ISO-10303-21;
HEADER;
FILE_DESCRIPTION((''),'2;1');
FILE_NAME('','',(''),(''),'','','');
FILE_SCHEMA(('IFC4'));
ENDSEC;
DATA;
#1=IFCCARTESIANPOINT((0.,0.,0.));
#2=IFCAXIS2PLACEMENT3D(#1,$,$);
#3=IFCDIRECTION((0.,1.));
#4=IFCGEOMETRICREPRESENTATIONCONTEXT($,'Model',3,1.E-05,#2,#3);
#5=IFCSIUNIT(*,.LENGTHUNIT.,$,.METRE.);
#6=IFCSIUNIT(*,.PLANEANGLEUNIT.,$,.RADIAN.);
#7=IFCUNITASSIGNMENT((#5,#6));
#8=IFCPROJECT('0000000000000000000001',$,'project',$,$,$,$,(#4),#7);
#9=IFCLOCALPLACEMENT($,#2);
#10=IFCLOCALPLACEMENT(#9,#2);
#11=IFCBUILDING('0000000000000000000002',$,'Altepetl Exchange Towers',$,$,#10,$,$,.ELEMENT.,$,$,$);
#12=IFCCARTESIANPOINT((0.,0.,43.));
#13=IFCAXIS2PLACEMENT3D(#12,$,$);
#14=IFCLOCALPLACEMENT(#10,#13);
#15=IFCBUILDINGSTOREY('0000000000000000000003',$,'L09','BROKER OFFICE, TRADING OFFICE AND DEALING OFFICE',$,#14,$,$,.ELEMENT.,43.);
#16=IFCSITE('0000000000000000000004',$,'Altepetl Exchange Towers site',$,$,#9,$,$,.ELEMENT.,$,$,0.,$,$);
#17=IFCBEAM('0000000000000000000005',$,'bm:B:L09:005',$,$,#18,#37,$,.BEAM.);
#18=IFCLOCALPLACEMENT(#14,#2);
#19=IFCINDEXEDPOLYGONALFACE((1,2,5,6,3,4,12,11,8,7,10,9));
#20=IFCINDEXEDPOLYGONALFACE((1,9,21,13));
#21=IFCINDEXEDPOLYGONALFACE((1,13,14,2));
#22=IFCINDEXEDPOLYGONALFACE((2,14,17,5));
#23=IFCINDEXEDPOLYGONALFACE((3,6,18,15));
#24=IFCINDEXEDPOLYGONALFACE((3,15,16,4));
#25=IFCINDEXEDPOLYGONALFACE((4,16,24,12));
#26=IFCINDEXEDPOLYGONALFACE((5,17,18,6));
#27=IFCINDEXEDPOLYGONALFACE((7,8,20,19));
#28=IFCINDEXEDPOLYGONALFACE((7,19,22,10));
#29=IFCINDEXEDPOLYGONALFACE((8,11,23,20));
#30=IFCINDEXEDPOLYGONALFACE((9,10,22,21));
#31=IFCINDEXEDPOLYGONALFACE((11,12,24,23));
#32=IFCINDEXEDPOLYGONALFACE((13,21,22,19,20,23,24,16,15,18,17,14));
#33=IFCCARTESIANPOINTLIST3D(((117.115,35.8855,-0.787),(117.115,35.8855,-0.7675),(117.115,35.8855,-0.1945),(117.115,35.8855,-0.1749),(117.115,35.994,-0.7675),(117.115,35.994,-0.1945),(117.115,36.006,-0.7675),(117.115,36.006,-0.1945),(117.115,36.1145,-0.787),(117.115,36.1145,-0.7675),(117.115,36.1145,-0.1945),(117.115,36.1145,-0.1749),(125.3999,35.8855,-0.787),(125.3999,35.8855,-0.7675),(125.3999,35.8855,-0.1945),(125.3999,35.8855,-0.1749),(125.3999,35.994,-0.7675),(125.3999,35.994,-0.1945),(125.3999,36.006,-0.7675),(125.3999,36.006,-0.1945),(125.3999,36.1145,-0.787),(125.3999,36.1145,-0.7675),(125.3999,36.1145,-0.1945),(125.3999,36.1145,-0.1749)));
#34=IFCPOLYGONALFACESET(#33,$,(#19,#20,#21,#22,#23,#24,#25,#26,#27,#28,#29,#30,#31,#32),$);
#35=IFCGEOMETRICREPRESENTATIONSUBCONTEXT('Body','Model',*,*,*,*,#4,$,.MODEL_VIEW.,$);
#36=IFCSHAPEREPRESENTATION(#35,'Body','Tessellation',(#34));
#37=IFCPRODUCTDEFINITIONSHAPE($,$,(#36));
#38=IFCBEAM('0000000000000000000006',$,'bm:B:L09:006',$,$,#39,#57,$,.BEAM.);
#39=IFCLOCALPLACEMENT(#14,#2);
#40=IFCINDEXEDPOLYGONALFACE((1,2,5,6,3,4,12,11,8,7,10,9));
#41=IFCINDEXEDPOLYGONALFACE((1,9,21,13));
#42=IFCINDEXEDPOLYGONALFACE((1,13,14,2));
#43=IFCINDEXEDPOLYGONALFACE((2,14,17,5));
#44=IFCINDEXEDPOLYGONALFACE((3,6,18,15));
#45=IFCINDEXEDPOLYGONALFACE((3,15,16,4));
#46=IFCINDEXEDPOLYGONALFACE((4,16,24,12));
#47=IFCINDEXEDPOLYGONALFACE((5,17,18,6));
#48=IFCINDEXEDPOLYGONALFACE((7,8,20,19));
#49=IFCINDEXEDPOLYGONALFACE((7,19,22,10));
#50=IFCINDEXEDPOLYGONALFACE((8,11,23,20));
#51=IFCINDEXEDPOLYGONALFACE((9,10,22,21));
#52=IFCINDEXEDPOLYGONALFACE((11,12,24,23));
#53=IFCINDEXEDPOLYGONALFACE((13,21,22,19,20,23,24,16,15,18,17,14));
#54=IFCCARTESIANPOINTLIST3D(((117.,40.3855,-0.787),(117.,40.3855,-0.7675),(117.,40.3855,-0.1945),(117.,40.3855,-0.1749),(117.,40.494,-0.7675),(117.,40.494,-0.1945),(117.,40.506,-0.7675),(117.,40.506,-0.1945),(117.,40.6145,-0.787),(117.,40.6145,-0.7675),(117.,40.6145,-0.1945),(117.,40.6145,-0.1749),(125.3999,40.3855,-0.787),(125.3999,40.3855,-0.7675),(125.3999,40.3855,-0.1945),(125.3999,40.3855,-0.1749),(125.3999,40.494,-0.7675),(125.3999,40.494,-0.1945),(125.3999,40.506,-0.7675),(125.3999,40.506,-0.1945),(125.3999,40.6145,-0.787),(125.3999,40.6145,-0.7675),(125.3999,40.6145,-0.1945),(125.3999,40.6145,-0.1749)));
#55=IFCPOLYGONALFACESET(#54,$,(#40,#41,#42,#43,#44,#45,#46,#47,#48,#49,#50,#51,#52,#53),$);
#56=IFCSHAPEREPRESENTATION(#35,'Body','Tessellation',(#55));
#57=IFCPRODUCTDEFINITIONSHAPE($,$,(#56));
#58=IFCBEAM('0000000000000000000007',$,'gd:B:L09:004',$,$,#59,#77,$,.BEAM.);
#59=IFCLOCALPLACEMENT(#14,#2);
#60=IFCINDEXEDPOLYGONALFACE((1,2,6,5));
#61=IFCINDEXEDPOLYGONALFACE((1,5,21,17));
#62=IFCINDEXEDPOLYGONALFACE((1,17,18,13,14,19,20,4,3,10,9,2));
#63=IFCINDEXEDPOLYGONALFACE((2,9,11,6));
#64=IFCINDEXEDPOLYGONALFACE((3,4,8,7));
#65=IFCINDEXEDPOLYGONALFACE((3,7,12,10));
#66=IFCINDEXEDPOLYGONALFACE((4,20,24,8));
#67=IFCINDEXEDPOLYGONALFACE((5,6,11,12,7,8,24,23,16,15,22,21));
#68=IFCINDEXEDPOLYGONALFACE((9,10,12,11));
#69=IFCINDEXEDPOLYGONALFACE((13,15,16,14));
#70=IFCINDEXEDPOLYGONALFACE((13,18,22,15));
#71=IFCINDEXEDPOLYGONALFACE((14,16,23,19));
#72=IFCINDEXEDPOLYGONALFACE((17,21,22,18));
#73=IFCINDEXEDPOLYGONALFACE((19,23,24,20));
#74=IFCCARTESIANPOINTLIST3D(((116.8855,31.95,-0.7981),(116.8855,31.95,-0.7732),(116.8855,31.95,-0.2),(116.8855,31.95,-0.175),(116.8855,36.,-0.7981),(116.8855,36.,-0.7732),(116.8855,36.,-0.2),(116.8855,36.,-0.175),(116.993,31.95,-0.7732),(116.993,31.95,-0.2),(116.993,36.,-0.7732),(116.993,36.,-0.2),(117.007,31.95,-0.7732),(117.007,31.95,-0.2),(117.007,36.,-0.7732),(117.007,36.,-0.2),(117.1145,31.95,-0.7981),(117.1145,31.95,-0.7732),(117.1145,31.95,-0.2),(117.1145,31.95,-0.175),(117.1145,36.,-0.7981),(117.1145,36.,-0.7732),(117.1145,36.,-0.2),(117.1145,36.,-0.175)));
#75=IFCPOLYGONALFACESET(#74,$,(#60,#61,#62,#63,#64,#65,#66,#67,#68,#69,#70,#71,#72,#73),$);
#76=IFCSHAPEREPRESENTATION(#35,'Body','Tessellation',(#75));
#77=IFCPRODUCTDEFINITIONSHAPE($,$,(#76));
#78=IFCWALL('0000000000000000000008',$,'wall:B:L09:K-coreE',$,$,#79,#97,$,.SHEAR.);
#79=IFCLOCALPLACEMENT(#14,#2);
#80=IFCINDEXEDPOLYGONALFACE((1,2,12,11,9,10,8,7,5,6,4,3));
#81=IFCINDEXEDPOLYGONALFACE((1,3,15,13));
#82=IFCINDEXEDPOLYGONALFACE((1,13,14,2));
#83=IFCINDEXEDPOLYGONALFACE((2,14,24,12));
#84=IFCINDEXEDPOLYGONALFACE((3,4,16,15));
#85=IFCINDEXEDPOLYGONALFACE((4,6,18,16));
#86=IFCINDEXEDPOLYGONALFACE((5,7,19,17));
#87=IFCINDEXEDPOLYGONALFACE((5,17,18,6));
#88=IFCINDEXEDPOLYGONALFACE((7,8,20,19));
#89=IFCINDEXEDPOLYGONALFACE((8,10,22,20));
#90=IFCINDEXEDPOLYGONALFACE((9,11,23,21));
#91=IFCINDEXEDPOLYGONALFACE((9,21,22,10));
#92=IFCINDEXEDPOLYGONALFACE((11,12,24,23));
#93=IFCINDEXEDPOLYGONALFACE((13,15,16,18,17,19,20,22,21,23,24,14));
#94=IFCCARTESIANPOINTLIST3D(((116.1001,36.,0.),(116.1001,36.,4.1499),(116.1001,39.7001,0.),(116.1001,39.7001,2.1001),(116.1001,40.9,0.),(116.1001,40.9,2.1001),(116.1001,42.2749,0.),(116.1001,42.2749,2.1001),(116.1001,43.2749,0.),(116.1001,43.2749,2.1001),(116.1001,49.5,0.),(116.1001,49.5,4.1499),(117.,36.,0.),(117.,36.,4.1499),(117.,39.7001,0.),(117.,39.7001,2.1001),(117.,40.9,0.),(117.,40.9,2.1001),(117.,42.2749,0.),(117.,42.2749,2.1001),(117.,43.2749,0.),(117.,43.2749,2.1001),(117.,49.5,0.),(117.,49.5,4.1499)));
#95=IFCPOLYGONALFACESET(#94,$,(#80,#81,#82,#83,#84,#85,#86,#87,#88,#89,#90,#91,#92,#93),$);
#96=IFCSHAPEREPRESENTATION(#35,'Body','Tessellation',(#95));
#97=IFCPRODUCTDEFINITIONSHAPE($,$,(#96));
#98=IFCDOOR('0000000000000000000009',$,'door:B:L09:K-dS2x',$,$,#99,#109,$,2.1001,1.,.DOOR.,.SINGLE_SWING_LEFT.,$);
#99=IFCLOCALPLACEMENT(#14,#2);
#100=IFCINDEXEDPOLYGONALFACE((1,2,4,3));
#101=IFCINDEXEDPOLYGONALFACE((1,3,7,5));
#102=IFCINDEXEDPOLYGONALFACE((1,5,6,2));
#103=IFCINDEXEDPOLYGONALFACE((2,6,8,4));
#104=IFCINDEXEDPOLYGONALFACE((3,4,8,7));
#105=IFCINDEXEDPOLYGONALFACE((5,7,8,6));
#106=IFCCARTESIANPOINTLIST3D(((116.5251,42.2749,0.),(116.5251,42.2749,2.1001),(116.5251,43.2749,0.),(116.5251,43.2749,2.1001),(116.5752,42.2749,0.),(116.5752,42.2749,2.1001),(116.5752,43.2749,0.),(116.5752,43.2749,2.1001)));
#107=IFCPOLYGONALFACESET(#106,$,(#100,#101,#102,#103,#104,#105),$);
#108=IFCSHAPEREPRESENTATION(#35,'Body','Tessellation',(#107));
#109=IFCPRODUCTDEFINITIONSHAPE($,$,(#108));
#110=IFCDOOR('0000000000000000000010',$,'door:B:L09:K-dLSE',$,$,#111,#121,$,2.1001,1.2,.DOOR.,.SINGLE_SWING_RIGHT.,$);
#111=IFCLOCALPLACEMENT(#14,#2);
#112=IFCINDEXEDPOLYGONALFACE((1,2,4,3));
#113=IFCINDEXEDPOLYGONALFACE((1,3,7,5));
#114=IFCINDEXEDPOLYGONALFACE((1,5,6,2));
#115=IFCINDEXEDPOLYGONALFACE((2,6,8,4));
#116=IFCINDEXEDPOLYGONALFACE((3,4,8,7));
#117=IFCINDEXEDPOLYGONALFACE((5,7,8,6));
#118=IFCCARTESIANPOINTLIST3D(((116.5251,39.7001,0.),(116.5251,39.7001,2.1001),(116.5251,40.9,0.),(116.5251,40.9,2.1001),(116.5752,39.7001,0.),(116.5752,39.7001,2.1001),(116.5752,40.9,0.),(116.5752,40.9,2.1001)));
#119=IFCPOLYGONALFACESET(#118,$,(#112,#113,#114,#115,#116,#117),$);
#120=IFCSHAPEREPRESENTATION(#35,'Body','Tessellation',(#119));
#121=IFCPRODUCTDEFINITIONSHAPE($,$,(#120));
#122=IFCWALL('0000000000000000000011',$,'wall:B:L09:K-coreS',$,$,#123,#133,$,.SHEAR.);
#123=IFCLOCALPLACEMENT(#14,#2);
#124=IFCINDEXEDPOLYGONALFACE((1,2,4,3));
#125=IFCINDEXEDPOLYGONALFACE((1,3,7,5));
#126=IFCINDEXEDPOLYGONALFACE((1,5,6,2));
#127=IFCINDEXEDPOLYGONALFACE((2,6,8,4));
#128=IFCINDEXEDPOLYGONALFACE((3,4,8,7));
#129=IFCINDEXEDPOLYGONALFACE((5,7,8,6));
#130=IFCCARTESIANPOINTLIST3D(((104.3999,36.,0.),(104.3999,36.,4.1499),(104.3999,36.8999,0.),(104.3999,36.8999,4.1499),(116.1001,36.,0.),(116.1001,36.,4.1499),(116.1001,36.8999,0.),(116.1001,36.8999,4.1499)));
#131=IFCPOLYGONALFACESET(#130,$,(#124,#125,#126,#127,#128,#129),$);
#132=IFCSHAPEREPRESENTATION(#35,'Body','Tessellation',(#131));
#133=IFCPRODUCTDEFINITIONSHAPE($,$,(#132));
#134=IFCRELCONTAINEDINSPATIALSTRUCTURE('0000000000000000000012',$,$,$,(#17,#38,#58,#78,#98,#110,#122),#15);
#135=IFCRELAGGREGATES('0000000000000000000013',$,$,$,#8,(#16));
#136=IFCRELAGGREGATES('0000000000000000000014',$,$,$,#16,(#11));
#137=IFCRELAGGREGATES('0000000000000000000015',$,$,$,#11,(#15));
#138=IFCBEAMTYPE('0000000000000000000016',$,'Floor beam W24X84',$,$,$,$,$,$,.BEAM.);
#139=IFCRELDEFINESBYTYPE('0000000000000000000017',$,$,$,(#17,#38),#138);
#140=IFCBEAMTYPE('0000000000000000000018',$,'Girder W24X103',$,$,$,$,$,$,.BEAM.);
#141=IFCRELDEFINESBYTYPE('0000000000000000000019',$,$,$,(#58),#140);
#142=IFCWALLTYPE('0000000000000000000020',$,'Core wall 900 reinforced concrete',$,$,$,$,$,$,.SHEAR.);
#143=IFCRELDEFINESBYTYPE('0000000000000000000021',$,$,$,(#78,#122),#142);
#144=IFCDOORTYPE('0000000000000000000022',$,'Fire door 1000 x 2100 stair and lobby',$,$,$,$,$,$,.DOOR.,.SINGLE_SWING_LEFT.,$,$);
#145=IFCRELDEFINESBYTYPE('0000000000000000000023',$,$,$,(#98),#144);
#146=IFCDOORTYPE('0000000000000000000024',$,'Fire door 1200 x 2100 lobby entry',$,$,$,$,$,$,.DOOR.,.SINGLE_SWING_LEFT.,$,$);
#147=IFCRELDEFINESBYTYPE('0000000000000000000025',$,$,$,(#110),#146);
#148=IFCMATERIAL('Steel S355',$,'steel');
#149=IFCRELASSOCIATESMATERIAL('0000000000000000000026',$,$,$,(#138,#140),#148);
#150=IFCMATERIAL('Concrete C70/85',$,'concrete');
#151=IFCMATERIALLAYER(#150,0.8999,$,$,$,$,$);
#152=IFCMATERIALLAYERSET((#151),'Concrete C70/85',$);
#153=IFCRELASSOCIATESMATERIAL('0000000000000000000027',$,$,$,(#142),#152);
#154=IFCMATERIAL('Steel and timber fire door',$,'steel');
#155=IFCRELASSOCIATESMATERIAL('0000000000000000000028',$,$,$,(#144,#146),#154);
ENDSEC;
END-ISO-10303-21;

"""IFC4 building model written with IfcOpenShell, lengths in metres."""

from ifc_helpers import new_model, si_unit, direction, frame, frame_2d, origin, origin_2d, place, context, subcontext, project, spatial, rectangle, i_section, extrude, material, layer, layer_set, material_profile, profile_set, type_object, element, fill, save


model = new_model("IFC4")

# Units and contexts
model_context = context("Model", 3, precision=1e-05, world=origin(), true_north=direction((0.0, 1.0)))
body_context = subcontext(model_context, "Body", "Model", "MODEL_VIEW")
ifc_project = project(units=[si_unit("LENGTHUNIT", "METRE"), si_unit("PLANEANGLEUNIT", "RADIAN")], contexts=[model_context])

# Site, building, storey
site_placement = place(None, origin())
site = spatial("IfcSite", under=ifc_project, at=site_placement, Name="Altepetl Exchange Towers site", CompositionType="ELEMENT", RefElevation=0.0)
building_placement = place(site_placement, origin())
building = spatial("IfcBuilding", under=site, at=building_placement, Name="Altepetl Exchange Towers", CompositionType="ELEMENT")
storey_placement = place(building_placement, frame((0.0, 0.0, 43.0)))
storey = spatial("IfcBuildingStorey", under=building, at=storey_placement, Name="L09", Description="BROKER OFFICE, TRADING OFFICE AND DEALING OFFICE", CompositionType="ELEMENT", Elevation=43.0)

# Beams
ifc_material_1 = material(Name="Steel S355", Category="steel")
ifc_material_profile_1 = material_profile(ifc_material_1, i_section(OverallWidth=0.229, OverallDepth=0.6121, WebThickness=0.012, FlangeThickness=0.0195, at=origin_2d()), Name="W24X84")
ifc_profile_set_1 = profile_set([ifc_material_profile_1], Name="Steel S355")
beam_type_1 = type_object("IfcBeamType", Name="Floor beam W24X84", PredefinedType="BEAM", material=ifc_profile_set_1)
beam_1_placement = place(storey_placement, frame((117.115, 36.0, -0.481), z_axis=(1.0, 0.0, 0.0), x_axis=(0.0, 1.0, 0.0)))
element("IfcBeam", 1, at=beam_1_placement, inside=storey, type_object=beam_type_1, Name="bm:B:L09:005", PredefinedType="BEAM", context=body_context, shape_type="SweptSolid", body=[
    extrude(i_section(OverallWidth=0.229, OverallDepth=0.6121, WebThickness=0.012, FlangeThickness=0.0195, at=origin_2d()), origin(), (0.0, 0.0, 1.0), 8.2849),
])
beam_2_placement = place(storey_placement, frame((117.0, 40.5, -0.481), z_axis=(1.0, 0.0, 0.0), x_axis=(0.0, 1.0, 0.0)))
element("IfcBeam", 2, at=beam_2_placement, inside=storey, type_object=beam_type_1, Name="bm:B:L09:006", PredefinedType="BEAM", context=body_context, shape_type="SweptSolid", body=[
    extrude(i_section(OverallWidth=0.229, OverallDepth=0.6121, WebThickness=0.012, FlangeThickness=0.0195, at=origin_2d()), origin(), (0.0, 0.0, 1.0), 8.3999),
])
ifc_material_profile_2 = material_profile(ifc_material_1, i_section(OverallWidth=0.229, OverallDepth=0.623, WebThickness=0.0139, FlangeThickness=0.0249, at=origin_2d()), Name="W24X103")
ifc_profile_set_2 = profile_set([ifc_material_profile_2], Name="Steel S355")
beam_type_2 = type_object("IfcBeamType", Name="Girder W24X103", PredefinedType="BEAM", material=ifc_profile_set_2)
beam_3_placement = place(storey_placement, frame((117.0, 36.0, -0.4866), z_axis=(0.0, -1.0, 0.0), x_axis=(1.0, 0.0, 0.0)))
element("IfcBeam", 3, at=beam_3_placement, inside=storey, type_object=beam_type_2, Name="gd:B:L09:004", PredefinedType="BEAM", context=body_context, shape_type="SweptSolid", body=[
    extrude(i_section(OverallWidth=0.229, OverallDepth=0.623, WebThickness=0.0139, FlangeThickness=0.0249, at=origin_2d()), origin(), (0.0, 0.0, 1.0), 4.05),
])

# Wall, openings, doors
ifc_material_2 = material(Name="Concrete C70/85", Category="concrete")
ifc_layer_1 = layer(ifc_material_2, 0.8999)
ifc_layer_set_1 = layer_set([ifc_layer_1], Name="Concrete C70/85")
wall_type_1 = type_object("IfcWallType", Name="Core wall 900 reinforced concrete", PredefinedType="SHEAR", material=ifc_layer_set_1)
wall_1_placement = place(storey_placement, frame((116.55, 36.0, 0.0), z_axis=(0.0, 0.0, 1.0), x_axis=(0.0, 1.0, 0.0)))
wall_1 = element("IfcWall", 4, at=wall_1_placement, inside=storey, type_object=wall_type_1, Name="wall:B:L09:K-coreE", PredefinedType="SHEAR", context=body_context, shape_type="SweptSolid", body=[
    extrude(rectangle(XDim=13.5, YDim=0.8999, at=frame_2d((6.75, 0.0))), origin(), (0.0, 0.0, 1.0), 4.1499),
])
opening_1_placement = place(wall_1_placement, frame((3.7, 0.0, 0.0)))
opening_1 = element("IfcOpeningElement", 5, at=opening_1_placement, cuts=wall_1, PredefinedType="OPENING", context=body_context, shape_type="SweptSolid", body=[
    extrude(rectangle(XDim=1.2, YDim=2.1001, at=frame_2d((0.6001, 1.05))), frame((0.0, 0.46, 0.0), z_axis=(0.0, -1.0, 0.0), x_axis=(1.0, 0.0, 0.0)), (0.0, 0.0, 1.0), 0.9199),
])
opening_2_placement = place(wall_1_placement, frame((6.2749, 0.0, 0.0)))
opening_2 = element("IfcOpeningElement", 6, at=opening_2_placement, cuts=wall_1, PredefinedType="OPENING", context=body_context, shape_type="SweptSolid", body=[
    extrude(rectangle(XDim=1.0, YDim=2.1001, at=frame_2d((0.5, 1.05))), frame((0.0, 0.46, 0.0), z_axis=(0.0, -1.0, 0.0), x_axis=(1.0, 0.0, 0.0)), (0.0, 0.0, 1.0), 0.9199),
])
ifc_material_3 = material(Name="Steel and timber fire door", Category="steel")
door_type_1 = type_object("IfcDoorType", Name="Fire door 1000 x 2100 stair and lobby", OperationType="SINGLE_SWING_LEFT", PredefinedType="DOOR", material=ifc_material_3)
door_1_placement = place(opening_2_placement, origin())
door_1 = element("IfcDoor", 7, at=door_1_placement, inside=storey, type_object=door_type_1, Name="door:B:L09:K-dS2x", OperationType="SINGLE_SWING_LEFT", OverallHeight=2.1001, OverallWidth=1.0, PredefinedType="DOOR", context=body_context, shape_type="SweptSolid", body=[
    extrude(rectangle(XDim=1.0, YDim=2.1001, at=frame_2d((0.5, 1.05))), frame((0.0, 0.0249, 0.0), z_axis=(0.0, -1.0, 0.0), x_axis=(1.0, 0.0, 0.0)), (0.0, 0.0, 1.0), 0.05),
])
fill(opening_2, door_1)
door_type_2 = type_object("IfcDoorType", Name="Fire door 1200 x 2100 lobby entry", OperationType="SINGLE_SWING_LEFT", PredefinedType="DOOR", material=ifc_material_3)
door_2_placement = place(opening_1_placement, origin())
door_2 = element("IfcDoor", 8, at=door_2_placement, inside=storey, type_object=door_type_2, Name="door:B:L09:K-dLSE", OperationType="SINGLE_SWING_RIGHT", OverallHeight=2.1001, OverallWidth=1.2, PredefinedType="DOOR", context=body_context, shape_type="SweptSolid", body=[
    extrude(rectangle(XDim=1.2, YDim=2.1001, at=frame_2d((0.6001, 1.05))), frame((0.0, 0.0249, 0.0), z_axis=(0.0, -1.0, 0.0), x_axis=(1.0, 0.0, 0.0)), (0.0, 0.0, 1.0), 0.05),
])
fill(opening_1, door_2)

# Wall
wall_2_placement = place(storey_placement, frame((104.3999, 36.45, 0.0)))
element("IfcWall", 9, at=wall_2_placement, inside=storey, type_object=wall_type_1, Name="wall:B:L09:K-coreS", PredefinedType="SHEAR", context=body_context, shape_type="SweptSolid", body=[
    extrude(rectangle(XDim=11.7002, YDim=0.8999, at=frame_2d((5.8501, 0.0))), origin(), (0.0, 0.0, 1.0), 4.1499),
])

save(model, "model.ifc")
